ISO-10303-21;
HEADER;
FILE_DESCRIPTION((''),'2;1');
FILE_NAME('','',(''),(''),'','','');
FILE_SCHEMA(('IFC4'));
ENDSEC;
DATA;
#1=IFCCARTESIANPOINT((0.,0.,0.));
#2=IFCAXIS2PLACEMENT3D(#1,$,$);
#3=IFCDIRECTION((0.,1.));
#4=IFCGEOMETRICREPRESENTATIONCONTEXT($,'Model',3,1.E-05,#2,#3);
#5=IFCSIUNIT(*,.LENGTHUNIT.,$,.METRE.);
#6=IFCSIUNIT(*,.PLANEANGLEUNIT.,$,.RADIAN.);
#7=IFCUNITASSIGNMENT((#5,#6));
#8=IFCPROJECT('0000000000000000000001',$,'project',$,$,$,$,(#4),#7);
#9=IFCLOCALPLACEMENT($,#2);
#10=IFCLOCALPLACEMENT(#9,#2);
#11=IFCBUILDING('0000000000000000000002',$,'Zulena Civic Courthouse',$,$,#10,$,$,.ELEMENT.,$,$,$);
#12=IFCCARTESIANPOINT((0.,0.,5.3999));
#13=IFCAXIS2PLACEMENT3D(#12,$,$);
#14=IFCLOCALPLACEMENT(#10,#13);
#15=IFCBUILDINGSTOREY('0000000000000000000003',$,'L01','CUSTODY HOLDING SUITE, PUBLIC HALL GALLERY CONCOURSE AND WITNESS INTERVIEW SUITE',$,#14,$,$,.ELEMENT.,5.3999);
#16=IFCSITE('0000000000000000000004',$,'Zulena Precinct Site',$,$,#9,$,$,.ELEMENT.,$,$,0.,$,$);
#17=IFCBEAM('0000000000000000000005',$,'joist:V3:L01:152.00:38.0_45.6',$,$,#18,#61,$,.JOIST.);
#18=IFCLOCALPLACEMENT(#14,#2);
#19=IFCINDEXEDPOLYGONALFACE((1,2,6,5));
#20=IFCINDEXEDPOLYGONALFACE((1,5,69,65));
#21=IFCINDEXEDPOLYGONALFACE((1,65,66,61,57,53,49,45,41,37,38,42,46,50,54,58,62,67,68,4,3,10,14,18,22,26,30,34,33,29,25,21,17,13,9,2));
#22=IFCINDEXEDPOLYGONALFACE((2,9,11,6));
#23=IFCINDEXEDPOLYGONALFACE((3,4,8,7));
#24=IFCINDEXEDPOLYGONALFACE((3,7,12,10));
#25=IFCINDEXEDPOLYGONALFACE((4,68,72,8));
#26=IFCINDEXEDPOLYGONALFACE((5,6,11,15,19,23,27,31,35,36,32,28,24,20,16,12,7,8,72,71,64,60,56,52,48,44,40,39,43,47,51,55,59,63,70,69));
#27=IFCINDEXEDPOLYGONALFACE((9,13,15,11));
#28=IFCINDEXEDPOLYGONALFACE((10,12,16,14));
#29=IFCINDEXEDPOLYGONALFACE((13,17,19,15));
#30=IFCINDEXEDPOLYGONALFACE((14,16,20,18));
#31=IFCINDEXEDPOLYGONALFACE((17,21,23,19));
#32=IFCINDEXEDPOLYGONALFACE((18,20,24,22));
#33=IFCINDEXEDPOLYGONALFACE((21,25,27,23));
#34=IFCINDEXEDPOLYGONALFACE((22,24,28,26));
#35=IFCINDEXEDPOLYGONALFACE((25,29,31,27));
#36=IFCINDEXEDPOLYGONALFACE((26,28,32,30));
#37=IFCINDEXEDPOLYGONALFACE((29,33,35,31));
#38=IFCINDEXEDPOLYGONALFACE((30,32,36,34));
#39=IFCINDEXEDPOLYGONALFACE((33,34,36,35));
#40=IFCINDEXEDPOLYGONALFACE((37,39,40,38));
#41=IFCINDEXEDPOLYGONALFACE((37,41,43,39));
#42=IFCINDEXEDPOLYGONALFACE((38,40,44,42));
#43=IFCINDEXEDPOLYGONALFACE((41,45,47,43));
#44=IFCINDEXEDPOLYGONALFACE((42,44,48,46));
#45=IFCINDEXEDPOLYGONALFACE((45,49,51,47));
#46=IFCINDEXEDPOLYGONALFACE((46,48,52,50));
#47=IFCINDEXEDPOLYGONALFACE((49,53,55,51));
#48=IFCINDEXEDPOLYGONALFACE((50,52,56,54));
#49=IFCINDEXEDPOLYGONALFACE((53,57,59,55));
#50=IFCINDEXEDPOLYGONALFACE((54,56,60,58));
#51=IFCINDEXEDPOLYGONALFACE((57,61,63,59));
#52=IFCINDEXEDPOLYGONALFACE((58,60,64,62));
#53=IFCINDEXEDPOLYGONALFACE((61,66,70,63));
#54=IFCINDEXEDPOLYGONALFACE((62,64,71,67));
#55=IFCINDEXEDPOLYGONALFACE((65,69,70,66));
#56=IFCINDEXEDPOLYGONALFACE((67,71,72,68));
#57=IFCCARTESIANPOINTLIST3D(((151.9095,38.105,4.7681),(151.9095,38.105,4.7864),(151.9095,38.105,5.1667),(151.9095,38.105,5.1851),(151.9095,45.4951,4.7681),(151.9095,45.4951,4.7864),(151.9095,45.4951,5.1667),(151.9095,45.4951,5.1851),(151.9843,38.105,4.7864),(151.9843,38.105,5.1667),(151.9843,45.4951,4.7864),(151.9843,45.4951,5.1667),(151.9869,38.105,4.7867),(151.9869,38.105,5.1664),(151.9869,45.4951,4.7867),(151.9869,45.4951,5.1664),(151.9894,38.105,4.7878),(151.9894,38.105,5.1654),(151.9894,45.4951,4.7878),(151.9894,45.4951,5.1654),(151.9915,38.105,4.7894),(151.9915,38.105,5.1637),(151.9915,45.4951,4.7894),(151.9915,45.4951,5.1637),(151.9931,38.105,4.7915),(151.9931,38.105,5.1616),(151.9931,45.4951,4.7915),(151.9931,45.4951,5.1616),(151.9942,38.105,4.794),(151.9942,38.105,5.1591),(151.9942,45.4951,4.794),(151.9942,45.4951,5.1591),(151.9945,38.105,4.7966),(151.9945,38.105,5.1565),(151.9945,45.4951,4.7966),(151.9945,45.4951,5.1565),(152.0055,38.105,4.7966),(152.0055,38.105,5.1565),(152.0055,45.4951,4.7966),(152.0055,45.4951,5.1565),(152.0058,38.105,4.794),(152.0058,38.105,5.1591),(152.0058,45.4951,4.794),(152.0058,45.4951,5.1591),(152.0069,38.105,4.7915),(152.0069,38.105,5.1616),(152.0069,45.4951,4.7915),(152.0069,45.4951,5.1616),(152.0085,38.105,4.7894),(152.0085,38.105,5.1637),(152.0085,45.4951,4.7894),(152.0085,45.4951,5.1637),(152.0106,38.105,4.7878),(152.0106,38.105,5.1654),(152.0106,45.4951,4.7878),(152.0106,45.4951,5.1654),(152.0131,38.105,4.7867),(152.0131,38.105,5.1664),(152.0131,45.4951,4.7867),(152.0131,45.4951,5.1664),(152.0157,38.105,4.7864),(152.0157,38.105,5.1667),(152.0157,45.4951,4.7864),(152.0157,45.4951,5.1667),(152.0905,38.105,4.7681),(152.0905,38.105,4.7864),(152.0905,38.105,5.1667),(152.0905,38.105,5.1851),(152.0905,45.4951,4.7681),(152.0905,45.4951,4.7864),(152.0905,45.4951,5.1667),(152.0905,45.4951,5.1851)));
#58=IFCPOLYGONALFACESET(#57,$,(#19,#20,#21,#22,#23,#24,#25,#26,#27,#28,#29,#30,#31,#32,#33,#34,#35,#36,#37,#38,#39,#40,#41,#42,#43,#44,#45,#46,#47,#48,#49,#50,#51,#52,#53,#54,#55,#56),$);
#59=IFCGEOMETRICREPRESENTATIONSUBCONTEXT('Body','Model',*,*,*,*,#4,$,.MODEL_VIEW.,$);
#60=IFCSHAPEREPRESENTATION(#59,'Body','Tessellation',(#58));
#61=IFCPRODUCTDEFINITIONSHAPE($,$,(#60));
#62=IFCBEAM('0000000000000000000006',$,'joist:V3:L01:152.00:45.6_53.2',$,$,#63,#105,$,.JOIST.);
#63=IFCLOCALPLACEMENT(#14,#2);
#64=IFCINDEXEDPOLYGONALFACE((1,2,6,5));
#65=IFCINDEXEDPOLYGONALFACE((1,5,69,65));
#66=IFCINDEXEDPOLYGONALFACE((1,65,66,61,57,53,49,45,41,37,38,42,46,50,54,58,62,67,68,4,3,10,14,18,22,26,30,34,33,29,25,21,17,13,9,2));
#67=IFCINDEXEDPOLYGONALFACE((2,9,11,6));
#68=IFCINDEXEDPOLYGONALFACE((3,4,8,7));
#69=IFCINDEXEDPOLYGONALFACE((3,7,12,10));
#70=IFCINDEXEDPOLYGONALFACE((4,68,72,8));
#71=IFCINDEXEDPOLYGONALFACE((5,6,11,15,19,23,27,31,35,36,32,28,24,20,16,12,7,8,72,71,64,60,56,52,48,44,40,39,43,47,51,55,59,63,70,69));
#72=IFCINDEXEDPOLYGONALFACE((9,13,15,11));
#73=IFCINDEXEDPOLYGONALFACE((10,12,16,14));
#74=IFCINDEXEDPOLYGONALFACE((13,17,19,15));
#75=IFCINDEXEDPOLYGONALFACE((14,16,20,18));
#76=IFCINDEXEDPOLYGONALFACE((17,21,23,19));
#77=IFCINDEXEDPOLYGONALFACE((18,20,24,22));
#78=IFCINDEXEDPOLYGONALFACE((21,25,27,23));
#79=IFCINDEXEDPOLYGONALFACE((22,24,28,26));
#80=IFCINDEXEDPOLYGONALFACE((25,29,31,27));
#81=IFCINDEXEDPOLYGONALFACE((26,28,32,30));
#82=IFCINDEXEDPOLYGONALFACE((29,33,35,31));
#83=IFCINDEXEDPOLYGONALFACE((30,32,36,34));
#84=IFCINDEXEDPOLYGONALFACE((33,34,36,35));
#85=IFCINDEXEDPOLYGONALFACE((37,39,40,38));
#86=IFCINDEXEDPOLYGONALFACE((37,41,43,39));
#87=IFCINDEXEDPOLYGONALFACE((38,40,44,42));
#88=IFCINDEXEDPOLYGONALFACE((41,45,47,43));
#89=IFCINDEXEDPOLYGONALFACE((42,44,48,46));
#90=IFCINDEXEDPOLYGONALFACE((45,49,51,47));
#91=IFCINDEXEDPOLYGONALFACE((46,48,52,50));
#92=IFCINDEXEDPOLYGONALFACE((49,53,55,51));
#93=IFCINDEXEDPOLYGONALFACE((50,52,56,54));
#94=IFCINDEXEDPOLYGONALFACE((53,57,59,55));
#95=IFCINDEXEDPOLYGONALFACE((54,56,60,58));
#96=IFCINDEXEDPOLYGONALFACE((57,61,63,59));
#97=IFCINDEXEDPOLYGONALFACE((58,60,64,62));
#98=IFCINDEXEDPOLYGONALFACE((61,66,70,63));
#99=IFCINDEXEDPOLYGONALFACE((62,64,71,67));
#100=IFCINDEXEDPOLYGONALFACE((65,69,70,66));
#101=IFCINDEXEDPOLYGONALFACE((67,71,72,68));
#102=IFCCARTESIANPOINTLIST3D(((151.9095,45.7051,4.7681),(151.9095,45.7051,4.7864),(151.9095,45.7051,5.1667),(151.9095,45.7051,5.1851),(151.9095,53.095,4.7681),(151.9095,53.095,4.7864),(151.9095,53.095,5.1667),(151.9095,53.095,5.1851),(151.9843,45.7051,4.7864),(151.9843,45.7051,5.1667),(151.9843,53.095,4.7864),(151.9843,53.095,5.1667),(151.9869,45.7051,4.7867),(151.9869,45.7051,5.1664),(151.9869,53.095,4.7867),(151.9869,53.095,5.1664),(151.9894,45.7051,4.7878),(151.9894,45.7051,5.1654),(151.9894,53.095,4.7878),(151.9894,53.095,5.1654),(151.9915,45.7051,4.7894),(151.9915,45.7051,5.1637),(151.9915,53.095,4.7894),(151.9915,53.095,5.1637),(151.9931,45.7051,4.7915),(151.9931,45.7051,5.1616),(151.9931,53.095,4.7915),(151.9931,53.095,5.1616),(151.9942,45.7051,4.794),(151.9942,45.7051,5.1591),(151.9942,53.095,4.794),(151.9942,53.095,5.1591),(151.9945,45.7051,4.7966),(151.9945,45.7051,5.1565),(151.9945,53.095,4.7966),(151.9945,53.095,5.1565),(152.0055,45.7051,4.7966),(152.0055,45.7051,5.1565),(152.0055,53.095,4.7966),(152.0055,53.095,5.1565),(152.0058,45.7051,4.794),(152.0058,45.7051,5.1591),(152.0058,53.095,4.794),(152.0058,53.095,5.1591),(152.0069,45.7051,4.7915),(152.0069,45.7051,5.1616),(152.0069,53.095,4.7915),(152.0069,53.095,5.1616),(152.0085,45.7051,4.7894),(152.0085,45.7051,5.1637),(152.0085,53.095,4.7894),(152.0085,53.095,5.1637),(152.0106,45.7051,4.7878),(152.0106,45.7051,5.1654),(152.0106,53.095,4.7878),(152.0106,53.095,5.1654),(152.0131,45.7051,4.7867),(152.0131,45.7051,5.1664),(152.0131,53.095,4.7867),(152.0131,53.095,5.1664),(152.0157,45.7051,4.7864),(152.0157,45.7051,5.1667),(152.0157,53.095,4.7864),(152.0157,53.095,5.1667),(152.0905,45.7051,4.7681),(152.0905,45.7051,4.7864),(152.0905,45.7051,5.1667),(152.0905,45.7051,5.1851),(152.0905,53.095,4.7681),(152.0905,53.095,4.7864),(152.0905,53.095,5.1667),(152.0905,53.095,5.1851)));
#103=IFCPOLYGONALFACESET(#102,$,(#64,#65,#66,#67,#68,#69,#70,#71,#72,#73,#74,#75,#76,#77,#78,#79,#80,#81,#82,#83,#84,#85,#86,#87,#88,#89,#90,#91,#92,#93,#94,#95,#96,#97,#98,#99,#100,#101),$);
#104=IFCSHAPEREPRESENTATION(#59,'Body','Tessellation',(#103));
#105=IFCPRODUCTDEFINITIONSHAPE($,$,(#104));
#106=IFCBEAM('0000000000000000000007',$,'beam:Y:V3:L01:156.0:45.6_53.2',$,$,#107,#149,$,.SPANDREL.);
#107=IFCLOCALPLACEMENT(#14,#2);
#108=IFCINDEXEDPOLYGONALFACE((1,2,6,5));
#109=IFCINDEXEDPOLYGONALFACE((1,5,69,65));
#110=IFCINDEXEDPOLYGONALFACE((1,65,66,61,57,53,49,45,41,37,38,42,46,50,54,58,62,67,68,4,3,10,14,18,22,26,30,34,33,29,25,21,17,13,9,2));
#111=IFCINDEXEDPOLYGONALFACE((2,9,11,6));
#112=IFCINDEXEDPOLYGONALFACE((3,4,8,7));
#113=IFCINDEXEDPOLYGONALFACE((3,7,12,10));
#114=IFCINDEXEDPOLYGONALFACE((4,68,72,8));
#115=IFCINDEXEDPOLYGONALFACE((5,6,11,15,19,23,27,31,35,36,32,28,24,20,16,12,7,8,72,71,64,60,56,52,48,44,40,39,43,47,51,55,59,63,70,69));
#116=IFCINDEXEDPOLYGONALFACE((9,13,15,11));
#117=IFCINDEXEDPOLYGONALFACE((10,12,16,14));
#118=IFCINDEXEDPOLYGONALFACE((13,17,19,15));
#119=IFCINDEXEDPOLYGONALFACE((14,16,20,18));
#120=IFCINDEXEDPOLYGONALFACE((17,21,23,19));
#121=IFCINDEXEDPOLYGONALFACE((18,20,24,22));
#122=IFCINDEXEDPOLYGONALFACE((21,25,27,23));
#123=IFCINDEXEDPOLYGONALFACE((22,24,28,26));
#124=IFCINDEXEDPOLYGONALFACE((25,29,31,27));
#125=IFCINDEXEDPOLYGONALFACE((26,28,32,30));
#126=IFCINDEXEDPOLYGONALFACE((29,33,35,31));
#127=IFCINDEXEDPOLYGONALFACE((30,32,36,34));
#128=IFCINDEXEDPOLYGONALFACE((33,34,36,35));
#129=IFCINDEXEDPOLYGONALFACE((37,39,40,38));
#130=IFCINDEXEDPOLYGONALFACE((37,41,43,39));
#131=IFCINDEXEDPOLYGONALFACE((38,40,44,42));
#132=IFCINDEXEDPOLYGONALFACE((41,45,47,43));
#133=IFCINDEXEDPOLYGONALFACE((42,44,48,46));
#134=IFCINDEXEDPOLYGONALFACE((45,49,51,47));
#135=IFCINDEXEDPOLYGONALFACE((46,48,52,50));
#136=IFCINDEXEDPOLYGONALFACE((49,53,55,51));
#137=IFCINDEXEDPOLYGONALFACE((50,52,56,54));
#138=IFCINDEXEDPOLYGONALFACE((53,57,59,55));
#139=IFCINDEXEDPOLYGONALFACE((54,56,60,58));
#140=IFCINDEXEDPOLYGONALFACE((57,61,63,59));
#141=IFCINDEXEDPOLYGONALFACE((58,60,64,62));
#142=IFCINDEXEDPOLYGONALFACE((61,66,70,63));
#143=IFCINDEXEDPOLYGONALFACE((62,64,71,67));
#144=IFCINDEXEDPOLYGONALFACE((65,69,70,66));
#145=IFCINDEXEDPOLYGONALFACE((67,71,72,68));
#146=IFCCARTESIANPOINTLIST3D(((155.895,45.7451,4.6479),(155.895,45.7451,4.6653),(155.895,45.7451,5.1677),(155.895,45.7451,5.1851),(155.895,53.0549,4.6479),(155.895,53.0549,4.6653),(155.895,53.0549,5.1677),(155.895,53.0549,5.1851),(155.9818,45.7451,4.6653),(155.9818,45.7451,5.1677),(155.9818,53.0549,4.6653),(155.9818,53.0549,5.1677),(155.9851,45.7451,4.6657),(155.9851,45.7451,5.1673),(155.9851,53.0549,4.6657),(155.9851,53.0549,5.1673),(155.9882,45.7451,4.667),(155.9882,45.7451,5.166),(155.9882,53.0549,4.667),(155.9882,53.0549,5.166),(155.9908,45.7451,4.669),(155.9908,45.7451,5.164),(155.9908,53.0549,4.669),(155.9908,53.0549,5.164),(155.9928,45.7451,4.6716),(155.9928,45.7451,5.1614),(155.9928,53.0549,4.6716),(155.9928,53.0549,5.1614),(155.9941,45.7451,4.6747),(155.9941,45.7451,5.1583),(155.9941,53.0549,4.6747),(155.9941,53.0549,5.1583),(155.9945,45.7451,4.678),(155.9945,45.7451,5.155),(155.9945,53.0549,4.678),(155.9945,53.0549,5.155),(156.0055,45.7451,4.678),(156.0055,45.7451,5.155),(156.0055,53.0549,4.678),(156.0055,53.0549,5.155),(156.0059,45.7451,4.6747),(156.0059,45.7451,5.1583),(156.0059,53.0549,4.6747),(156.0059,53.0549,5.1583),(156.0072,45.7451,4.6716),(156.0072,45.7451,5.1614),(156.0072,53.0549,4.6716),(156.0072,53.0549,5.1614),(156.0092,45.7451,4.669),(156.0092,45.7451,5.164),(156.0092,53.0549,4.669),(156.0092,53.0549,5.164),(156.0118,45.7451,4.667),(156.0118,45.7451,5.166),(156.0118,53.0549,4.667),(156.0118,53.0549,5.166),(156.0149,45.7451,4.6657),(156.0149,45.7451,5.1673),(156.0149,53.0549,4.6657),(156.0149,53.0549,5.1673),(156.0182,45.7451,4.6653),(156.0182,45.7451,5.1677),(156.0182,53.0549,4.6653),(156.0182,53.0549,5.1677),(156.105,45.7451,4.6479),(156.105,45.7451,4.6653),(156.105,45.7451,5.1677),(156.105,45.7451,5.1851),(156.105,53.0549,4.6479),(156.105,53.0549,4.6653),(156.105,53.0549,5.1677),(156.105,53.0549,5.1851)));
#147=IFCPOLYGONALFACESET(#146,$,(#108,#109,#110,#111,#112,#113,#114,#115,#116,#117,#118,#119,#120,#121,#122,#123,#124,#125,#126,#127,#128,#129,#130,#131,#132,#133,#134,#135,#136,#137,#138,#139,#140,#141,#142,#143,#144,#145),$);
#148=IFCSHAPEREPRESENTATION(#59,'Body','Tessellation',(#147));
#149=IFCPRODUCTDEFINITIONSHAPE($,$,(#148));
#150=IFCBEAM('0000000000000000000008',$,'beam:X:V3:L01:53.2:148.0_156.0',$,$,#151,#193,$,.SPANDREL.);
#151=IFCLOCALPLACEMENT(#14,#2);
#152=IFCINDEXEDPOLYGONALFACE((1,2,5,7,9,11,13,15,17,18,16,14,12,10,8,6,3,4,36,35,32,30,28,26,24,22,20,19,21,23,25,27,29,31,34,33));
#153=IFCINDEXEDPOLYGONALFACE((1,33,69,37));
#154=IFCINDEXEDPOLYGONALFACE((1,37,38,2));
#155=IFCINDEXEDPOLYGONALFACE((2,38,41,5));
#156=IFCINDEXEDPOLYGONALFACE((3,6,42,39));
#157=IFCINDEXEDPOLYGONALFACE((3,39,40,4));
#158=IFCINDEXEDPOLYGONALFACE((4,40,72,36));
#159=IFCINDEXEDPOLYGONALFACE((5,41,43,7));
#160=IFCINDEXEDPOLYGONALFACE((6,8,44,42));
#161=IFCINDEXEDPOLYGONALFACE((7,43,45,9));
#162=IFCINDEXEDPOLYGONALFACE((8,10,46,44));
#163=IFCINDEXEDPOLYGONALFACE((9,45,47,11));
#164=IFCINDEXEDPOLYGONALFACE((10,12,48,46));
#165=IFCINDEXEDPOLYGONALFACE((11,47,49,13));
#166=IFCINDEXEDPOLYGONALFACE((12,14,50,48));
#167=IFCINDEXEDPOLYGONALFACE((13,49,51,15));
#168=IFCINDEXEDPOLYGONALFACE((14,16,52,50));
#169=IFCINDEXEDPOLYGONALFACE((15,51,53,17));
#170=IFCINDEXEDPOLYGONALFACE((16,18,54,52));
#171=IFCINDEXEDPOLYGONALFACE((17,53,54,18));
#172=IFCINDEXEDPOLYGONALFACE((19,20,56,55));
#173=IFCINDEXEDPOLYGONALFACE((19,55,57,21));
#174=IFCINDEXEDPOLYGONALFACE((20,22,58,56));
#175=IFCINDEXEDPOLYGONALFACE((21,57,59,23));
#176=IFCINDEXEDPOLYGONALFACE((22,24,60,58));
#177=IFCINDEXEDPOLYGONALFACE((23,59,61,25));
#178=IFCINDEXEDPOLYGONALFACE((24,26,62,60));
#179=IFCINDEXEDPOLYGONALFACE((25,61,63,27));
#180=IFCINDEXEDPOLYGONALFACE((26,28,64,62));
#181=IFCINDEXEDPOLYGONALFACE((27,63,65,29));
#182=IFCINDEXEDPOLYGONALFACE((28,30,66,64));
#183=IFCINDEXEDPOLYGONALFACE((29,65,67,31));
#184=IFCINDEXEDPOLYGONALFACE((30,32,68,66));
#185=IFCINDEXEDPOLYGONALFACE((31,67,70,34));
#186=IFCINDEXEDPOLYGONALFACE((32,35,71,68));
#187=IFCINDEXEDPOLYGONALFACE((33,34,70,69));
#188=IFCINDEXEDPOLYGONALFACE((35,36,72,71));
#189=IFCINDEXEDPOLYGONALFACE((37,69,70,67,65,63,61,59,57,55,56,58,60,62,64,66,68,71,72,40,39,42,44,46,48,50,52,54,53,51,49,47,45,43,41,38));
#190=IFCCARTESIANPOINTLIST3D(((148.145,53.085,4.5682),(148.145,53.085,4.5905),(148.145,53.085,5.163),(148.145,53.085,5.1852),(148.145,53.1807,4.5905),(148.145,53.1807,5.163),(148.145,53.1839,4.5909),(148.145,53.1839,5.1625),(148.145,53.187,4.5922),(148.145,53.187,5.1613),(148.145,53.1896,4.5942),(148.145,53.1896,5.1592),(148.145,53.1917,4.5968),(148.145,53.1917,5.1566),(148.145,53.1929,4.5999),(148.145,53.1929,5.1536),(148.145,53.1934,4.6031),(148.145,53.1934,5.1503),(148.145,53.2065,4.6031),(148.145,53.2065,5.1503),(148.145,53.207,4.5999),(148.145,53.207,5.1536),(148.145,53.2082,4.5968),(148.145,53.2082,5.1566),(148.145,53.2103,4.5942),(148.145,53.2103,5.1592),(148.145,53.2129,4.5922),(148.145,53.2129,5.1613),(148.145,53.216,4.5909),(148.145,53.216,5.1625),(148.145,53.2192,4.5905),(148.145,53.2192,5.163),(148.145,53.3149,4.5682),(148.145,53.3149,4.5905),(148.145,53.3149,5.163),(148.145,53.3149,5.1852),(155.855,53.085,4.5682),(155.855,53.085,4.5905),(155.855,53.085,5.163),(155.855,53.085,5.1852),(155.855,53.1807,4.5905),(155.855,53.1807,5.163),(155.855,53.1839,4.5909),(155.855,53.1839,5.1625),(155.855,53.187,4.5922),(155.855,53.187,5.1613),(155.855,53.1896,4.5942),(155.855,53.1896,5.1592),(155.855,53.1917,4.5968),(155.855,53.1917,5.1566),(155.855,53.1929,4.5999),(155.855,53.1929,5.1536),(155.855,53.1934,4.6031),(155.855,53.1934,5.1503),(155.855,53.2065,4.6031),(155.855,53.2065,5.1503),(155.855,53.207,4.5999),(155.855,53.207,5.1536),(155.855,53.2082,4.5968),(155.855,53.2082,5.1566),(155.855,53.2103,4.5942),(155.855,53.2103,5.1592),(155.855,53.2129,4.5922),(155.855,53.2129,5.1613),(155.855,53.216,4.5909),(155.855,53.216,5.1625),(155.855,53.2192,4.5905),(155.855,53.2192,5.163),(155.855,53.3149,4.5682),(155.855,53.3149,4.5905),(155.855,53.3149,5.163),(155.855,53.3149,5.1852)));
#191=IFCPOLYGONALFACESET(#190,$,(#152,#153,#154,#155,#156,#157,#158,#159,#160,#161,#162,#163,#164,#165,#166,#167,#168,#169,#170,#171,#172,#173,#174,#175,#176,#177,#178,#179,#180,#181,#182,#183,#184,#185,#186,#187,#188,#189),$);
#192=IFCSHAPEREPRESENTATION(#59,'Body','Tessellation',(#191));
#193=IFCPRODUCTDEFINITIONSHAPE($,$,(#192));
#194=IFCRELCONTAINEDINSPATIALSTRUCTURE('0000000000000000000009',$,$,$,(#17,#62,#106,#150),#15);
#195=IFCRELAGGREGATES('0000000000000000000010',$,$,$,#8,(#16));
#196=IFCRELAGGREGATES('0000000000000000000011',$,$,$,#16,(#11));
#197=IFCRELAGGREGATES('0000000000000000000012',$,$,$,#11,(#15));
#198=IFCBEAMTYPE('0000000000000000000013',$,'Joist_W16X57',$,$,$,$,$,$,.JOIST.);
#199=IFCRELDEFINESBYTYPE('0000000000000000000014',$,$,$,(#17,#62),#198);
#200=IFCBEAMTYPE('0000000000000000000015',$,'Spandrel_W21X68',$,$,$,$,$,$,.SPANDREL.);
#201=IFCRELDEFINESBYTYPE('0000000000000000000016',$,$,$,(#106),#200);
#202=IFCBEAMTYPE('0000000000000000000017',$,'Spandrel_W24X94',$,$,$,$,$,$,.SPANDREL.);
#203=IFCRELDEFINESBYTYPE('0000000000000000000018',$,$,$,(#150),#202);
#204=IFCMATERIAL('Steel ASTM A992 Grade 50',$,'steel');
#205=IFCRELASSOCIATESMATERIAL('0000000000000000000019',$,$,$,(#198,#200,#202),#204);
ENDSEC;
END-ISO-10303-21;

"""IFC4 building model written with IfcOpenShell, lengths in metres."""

from ifc_helpers import new_model, si_unit, direction, frame, origin, origin_2d, place, context, subcontext, project, spatial, i_section, extrude, material, material_profile, profile_set, type_object, element, save


model = new_model("IFC4")

# Units and contexts
model_context = context("Model", 3, precision=1e-05, world=origin(), true_north=direction((0.0, 1.0)))
body_context = subcontext(model_context, "Body", "Model", "MODEL_VIEW")
ifc_project = project(units=[si_unit("LENGTHUNIT", "METRE"), si_unit("PLANEANGLEUNIT", "RADIAN")], contexts=[model_context])

# Site, building, storey
site_placement = place(None, origin())
site = spatial("IfcSite", under=ifc_project, at=site_placement, Name="Zulena Precinct Site", CompositionType="ELEMENT", RefElevation=0.0)
building_placement = place(site_placement, origin())
building = spatial("IfcBuilding", under=site, at=building_placement, Name="Zulena Civic Courthouse", CompositionType="ELEMENT")
storey_placement = place(building_placement, frame((0.0, 0.0, 5.3999)))
storey = spatial("IfcBuildingStorey", under=building, at=storey_placement, Name="L01", Description="CUSTODY HOLDING SUITE, PUBLIC HALL GALLERY CONCOURSE AND WITNESS INTERVIEW SUITE", CompositionType="ELEMENT", Elevation=5.3999)

# Shared definitions
ifc_material_1 = material(Name="Steel ASTM A992 Grade 50", Category="steel")

# Beams
ifc_material_profile_1 = material_profile(ifc_material_1, i_section(OverallWidth=0.1809, OverallDepth=0.417, WebThickness=0.011, FlangeThickness=0.0183, FilletRadius=0.0103, at=origin_2d()), Name="W16X57")
ifc_profile_set_1 = profile_set([ifc_material_profile_1], Name="Steel ASTM A992 Grade 50")
beam_type_1 = type_object("IfcBeamType", Name="Joist_W16X57", PredefinedType="JOIST", material=ifc_profile_set_1)
beam_1_placement = place(storey_placement, frame((152.0, 38.105, 4.9766), z_axis=(0.0, 1.0, 0.0), x_axis=(-1.0, 0.0, 0.0)))
element("IfcBeam", 1, at=beam_1_placement, inside=storey, type_object=beam_type_1, Name="joist:V3:L01:152.00:38.0_45.6", PredefinedType="JOIST", context=body_context, shape_type="SweptSolid", body=[
    extrude(i_section(OverallWidth=0.1809, OverallDepth=0.417, WebThickness=0.011, FlangeThickness=0.0183, FilletRadius=0.0103, at=origin_2d()), origin(), (0.0, 0.0, 1.0), 7.3901),
])
beam_2_placement = place(storey_placement, frame((152.0, 45.7051, 4.9766), z_axis=(0.0, 1.0, 0.0), x_axis=(-1.0, 0.0, 0.0)))
element("IfcBeam", 2, at=beam_2_placement, inside=storey, type_object=beam_type_1, Name="joist:V3:L01:152.00:45.6_53.2", PredefinedType="JOIST", context=body_context, shape_type="SweptSolid", body=[
    extrude(i_section(OverallWidth=0.1809, OverallDepth=0.417, WebThickness=0.011, FlangeThickness=0.0183, FilletRadius=0.0103, at=origin_2d()), origin(), (0.0, 0.0, 1.0), 7.3899),
])
ifc_material_profile_2 = material_profile(ifc_material_1, i_section(OverallWidth=0.21, OverallDepth=0.5371, WebThickness=0.011, FlangeThickness=0.0173, FilletRadius=0.0127, at=origin_2d()), Name="W21X68")
ifc_profile_set_2 = profile_set([ifc_material_profile_2], Name="Steel ASTM A992 Grade 50")
beam_type_2 = type_object("IfcBeamType", Name="Spandrel_W21X68", PredefinedType="SPANDREL", material=ifc_profile_set_2)
beam_3_placement = place(storey_placement, frame((156.0, 45.7451, 4.9165), z_axis=(0.0, 1.0, 0.0), x_axis=(-1.0, 0.0, 0.0)))
element("IfcBeam", 3, at=beam_3_placement, inside=storey, type_object=beam_type_2, Name="beam:Y:V3:L01:156.0:45.6_53.2", PredefinedType="SPANDREL", context=body_context, shape_type="SweptSolid", body=[
    extrude(i_section(OverallWidth=0.21, OverallDepth=0.5371, WebThickness=0.011, FlangeThickness=0.0173, FilletRadius=0.0127, at=origin_2d()), origin(), (0.0, 0.0, 1.0), 7.3098),
])
ifc_material_profile_3 = material_profile(ifc_material_1, i_section(OverallWidth=0.23, OverallDepth=0.6169, WebThickness=0.0132, FlangeThickness=0.0222, FilletRadius=0.0127, at=origin_2d()), Name="W24X94")
ifc_profile_set_3 = profile_set([ifc_material_profile_3], Name="Steel ASTM A992 Grade 50")
beam_type_3 = type_object("IfcBeamType", Name="Spandrel_W24X94", PredefinedType="SPANDREL", material=ifc_profile_set_3)
for number, where, z_axis, x_axis, name in (
    (4, (148.145, 53.2, 4.8767), (1.0, 0.0, 0.0), (0.0, 1.0, 0.0), "beam:X:V3:L01:53.2:148.0_156.0"),
):
    element("IfcBeam", number, at=place(storey_placement, frame(where, z_axis=z_axis, x_axis=x_axis)), inside=storey, type_object=beam_type_3, Name=name, PredefinedType="SPANDREL", context=body_context, shape_type="SweptSolid", body=[
        extrude(i_section(OverallWidth=0.23, OverallDepth=0.6169, WebThickness=0.0132, FlangeThickness=0.0222, FilletRadius=0.0127, at=origin_2d()), origin(), (0.0, 0.0, 1.0), 7.71),
    ])

save(model, "model.ifc")
